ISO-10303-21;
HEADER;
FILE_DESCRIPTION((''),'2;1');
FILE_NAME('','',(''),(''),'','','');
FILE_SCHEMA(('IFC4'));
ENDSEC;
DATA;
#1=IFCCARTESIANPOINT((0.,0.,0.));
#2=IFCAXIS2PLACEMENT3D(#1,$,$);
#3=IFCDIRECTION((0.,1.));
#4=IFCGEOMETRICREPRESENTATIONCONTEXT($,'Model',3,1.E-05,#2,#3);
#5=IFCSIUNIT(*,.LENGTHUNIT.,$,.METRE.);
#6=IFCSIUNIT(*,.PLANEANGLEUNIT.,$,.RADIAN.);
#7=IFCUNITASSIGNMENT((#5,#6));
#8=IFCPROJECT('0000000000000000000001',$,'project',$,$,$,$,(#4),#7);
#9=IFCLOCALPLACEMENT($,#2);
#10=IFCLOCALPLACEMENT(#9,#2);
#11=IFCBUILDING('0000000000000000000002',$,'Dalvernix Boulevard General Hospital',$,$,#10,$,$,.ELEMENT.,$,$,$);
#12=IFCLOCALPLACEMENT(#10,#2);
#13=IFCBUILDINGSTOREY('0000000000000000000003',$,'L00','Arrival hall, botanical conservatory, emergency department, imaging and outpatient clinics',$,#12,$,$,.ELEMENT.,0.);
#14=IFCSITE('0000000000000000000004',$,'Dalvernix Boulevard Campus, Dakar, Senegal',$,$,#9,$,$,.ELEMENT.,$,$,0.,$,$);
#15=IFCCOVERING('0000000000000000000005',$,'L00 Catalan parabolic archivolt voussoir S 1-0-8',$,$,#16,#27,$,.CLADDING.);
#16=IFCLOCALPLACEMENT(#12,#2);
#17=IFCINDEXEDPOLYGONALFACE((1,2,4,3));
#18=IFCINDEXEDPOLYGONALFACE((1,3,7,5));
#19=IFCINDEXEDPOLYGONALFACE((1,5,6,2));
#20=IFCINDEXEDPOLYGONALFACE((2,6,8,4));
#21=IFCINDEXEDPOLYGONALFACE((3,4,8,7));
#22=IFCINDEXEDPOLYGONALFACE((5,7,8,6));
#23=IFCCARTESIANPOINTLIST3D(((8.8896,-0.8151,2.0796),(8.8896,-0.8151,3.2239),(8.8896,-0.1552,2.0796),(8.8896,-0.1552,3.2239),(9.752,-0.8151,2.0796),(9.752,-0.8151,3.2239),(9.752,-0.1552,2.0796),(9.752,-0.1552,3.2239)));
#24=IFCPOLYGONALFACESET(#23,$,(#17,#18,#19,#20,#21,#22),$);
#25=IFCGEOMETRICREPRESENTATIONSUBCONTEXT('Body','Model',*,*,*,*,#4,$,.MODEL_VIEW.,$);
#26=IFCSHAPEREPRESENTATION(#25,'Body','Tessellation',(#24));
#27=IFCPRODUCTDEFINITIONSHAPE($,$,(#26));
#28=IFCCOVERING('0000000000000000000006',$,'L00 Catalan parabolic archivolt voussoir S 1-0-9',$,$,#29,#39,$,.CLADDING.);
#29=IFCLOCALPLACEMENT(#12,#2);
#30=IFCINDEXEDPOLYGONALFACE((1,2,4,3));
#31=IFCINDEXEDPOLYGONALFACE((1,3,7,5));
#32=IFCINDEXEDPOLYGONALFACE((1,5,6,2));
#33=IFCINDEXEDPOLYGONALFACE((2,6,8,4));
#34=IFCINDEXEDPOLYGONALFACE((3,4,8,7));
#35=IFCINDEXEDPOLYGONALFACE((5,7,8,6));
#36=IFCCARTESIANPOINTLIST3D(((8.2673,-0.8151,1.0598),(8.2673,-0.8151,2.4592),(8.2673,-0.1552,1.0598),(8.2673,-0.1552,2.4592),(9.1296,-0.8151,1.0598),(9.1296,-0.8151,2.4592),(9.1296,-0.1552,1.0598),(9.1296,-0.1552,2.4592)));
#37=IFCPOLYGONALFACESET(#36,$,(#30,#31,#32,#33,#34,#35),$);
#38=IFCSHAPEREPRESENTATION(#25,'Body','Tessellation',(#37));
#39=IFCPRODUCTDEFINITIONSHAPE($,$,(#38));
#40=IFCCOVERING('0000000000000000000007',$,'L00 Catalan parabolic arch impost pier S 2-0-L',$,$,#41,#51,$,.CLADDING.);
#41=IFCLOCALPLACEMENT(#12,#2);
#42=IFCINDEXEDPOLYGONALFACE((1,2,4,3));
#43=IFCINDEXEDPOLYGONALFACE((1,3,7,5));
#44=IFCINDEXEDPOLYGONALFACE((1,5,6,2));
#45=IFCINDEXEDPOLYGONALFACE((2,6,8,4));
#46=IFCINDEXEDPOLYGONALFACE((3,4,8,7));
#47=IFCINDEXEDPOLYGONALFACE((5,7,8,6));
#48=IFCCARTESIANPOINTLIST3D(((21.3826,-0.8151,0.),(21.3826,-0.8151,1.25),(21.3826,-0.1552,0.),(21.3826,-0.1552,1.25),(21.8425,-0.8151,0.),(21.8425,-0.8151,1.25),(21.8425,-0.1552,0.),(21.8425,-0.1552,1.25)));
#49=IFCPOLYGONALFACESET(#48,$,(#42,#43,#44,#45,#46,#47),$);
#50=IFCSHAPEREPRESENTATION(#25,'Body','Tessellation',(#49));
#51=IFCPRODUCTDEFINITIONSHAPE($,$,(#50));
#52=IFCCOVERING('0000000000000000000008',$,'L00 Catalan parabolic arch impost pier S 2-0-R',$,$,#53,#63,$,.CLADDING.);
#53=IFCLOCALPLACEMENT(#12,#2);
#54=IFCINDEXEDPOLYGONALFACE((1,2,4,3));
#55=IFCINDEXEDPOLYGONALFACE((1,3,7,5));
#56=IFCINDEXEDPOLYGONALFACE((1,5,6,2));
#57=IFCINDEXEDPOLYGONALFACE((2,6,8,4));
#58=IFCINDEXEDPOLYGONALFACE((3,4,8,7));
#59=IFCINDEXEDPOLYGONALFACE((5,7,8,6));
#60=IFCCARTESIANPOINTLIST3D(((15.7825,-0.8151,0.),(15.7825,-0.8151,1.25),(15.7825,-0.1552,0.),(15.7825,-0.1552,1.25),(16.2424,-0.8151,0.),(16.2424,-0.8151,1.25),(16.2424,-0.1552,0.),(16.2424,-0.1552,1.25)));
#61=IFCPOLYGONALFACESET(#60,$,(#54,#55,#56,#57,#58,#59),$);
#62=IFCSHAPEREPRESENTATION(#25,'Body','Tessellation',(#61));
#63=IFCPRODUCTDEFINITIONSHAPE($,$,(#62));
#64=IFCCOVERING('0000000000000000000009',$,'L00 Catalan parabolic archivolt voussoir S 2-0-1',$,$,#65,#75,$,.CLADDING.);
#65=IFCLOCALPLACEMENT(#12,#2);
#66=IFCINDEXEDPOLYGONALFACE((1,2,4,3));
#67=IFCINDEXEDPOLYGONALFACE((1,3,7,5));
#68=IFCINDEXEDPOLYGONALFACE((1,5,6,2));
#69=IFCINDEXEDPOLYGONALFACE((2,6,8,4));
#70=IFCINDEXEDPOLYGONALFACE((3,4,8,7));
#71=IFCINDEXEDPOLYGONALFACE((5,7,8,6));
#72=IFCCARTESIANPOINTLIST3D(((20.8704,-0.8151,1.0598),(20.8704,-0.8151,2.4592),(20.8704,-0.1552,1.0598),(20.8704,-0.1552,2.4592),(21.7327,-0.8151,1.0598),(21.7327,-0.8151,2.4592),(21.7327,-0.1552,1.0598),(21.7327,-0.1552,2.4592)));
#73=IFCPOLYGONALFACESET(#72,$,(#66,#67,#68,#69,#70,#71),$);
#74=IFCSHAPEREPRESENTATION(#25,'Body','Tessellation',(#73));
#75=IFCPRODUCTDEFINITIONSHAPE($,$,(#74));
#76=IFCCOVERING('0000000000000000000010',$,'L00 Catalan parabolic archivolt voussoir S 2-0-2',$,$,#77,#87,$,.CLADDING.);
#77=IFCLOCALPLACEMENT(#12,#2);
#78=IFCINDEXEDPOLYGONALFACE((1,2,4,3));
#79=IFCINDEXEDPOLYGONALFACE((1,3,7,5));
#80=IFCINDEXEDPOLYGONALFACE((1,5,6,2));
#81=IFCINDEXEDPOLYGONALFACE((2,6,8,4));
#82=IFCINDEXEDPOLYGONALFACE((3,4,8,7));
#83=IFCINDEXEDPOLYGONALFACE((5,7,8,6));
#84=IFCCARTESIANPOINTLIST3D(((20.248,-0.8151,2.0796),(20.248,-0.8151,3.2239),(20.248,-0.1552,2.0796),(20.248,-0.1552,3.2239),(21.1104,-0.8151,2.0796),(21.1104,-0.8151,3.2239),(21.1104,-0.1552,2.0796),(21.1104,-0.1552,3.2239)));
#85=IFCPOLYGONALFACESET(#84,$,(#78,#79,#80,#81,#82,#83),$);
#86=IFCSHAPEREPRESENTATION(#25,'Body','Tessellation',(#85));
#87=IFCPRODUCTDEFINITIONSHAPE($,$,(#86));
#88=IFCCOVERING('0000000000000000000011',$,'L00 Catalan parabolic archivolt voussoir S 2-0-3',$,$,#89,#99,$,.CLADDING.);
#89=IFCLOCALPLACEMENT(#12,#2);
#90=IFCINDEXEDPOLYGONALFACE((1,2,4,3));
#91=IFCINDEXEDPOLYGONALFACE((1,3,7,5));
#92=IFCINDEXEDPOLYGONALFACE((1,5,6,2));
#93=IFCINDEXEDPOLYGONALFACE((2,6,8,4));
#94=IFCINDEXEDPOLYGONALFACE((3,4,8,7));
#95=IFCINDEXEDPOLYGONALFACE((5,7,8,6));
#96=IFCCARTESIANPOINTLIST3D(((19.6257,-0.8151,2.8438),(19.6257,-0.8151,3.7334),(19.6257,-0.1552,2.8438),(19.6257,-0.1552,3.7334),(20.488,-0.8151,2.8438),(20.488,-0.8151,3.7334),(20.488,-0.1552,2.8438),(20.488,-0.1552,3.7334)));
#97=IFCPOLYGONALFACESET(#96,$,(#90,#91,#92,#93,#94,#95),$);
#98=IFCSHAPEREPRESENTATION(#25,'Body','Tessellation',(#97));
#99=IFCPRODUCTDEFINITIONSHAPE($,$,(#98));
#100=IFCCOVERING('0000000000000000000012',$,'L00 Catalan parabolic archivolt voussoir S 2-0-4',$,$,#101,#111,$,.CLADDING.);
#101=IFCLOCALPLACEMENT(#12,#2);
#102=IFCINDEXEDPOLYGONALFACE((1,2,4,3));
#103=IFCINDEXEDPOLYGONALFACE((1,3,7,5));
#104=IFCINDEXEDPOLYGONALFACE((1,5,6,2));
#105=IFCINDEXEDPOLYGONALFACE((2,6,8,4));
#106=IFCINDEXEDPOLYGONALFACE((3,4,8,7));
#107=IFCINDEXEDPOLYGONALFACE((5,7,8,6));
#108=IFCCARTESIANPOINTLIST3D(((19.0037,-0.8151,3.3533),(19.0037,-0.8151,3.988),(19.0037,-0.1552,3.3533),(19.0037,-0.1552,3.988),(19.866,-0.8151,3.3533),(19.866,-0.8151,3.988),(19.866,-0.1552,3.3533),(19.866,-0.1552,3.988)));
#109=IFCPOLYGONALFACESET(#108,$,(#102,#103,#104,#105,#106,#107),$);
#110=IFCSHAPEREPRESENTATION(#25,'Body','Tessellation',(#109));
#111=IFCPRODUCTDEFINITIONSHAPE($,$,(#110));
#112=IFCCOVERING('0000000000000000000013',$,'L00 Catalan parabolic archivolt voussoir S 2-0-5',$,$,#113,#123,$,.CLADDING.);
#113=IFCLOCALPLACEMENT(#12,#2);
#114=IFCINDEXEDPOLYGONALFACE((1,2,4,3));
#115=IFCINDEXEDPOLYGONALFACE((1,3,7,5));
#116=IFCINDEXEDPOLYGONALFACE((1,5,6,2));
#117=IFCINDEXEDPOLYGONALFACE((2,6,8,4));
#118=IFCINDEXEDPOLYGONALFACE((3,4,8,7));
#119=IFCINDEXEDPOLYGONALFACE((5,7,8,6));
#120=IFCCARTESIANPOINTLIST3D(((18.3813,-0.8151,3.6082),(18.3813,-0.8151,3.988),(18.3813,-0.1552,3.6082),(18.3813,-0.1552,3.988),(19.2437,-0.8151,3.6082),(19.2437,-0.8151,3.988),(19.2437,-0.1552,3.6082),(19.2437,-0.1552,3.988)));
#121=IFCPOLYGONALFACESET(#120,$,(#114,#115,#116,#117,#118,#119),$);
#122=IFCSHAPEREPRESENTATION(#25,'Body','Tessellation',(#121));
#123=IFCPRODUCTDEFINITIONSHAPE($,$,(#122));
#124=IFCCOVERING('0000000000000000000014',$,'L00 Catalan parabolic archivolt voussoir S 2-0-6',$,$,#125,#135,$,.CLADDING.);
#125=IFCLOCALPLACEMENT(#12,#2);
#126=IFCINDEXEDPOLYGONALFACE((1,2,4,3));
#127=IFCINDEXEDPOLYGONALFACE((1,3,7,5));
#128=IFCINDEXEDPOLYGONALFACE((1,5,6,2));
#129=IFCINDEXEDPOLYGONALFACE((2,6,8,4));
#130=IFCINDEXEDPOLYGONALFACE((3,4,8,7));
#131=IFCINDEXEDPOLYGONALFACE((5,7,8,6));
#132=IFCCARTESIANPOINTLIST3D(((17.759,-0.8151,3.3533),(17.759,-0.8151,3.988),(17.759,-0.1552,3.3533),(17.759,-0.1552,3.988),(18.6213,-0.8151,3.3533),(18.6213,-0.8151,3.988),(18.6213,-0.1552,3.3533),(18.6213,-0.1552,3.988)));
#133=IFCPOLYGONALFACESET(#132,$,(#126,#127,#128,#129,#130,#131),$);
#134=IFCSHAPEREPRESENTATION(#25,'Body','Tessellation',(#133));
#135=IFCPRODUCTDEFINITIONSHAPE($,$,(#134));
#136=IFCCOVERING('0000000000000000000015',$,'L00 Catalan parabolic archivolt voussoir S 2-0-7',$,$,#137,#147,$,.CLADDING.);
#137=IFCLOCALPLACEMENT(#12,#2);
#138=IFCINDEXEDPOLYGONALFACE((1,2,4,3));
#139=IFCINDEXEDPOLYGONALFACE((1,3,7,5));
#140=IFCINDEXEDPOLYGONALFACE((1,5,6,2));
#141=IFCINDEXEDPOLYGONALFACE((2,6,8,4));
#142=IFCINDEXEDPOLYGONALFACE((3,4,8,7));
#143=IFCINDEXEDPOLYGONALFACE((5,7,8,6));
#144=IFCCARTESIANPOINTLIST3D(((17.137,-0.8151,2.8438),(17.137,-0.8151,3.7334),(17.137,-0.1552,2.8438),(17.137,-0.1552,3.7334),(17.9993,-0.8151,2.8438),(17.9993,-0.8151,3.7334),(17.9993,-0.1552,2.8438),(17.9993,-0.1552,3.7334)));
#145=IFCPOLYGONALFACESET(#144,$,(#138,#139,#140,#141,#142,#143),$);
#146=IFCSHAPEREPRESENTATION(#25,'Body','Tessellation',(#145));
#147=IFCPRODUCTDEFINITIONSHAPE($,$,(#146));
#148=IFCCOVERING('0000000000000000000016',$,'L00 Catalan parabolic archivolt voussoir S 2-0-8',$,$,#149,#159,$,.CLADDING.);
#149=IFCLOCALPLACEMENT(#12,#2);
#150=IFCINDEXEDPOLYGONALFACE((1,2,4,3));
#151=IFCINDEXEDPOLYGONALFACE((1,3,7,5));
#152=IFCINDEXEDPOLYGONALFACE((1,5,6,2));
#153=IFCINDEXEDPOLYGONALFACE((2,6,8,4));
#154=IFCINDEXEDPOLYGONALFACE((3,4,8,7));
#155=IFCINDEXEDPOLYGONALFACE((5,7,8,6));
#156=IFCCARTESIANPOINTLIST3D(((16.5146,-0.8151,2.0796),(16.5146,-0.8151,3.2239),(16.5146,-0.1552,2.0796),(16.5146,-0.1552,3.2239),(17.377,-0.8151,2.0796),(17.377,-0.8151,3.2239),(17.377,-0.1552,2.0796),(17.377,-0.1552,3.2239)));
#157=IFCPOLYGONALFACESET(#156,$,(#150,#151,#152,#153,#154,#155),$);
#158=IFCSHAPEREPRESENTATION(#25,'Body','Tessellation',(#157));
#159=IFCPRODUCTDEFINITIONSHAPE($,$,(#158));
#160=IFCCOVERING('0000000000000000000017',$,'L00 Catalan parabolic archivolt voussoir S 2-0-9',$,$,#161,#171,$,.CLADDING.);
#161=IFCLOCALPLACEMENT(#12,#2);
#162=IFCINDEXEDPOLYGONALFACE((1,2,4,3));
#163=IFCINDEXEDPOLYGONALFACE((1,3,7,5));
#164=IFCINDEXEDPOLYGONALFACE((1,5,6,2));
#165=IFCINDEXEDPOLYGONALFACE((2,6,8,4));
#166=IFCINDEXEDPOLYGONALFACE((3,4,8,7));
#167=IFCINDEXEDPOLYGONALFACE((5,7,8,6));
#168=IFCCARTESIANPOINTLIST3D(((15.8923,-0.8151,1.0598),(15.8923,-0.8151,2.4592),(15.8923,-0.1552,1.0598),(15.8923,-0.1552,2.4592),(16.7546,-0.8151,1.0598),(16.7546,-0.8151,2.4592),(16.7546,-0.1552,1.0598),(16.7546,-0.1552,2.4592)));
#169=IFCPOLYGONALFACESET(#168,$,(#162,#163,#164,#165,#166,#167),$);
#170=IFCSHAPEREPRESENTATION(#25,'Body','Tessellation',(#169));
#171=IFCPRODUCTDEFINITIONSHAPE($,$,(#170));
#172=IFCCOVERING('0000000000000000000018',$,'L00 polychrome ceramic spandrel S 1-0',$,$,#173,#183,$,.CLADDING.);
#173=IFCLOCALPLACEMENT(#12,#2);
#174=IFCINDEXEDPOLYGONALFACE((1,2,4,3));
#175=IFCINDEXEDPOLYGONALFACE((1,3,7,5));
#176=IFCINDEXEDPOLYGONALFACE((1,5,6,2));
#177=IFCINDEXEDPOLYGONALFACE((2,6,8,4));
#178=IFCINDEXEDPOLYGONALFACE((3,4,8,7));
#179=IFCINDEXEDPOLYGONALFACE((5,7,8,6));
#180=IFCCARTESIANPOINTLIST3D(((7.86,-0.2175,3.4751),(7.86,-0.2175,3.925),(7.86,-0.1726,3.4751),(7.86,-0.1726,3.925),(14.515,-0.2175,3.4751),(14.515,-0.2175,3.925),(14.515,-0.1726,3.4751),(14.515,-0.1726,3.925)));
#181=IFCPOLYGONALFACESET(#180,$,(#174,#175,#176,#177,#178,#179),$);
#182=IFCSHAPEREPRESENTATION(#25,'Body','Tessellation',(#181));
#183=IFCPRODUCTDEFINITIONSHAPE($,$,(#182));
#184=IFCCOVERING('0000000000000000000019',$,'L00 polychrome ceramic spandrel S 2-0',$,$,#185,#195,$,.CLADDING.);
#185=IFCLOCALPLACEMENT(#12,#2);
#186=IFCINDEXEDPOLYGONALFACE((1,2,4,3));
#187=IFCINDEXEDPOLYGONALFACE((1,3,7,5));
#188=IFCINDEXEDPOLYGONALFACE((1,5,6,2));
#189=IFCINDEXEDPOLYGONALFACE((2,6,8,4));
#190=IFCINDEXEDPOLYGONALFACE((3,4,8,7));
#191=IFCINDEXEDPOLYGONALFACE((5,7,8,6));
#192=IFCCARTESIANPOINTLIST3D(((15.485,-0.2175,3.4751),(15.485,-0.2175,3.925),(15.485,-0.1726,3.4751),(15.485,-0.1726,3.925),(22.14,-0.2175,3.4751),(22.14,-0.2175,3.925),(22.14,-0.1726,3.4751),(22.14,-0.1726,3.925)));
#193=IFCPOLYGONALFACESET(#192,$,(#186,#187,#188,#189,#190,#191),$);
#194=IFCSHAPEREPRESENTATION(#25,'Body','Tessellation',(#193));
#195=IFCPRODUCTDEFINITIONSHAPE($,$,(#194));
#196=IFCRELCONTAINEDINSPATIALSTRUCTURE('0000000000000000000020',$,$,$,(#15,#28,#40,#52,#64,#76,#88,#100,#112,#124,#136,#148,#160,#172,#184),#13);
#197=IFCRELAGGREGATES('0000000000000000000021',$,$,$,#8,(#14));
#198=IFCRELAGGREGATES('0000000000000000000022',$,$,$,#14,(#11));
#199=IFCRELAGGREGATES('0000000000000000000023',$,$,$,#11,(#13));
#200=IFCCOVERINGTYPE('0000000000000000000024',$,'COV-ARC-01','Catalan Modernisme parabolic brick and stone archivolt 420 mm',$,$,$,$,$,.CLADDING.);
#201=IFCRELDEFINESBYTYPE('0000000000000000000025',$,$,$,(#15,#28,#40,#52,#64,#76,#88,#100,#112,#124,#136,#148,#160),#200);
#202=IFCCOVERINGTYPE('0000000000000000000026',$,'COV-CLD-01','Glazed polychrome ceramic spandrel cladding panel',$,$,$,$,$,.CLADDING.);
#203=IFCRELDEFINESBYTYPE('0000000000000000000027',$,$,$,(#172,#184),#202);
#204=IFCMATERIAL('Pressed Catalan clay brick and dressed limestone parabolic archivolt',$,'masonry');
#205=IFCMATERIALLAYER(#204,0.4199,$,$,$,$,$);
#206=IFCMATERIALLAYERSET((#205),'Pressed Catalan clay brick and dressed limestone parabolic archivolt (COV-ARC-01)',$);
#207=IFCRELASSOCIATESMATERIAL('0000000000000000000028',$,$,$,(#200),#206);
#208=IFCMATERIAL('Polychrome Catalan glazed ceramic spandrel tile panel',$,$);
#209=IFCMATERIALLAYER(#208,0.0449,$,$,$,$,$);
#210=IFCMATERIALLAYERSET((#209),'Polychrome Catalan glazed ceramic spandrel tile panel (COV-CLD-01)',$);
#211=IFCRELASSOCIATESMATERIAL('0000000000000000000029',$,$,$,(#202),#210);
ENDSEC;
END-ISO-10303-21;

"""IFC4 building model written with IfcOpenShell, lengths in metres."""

from ifc_helpers import new_model, si_unit, direction, frame, origin, origin_2d, place, context, subcontext, project, spatial, rectangle, extrude, material, layer, layer_set, type_object, element, save


model = new_model("IFC4")

# Units and contexts
model_context = context("Model", 3, precision=1e-05, world=origin(), true_north=direction((0.0, 1.0)))
body_context = subcontext(model_context, "Body", "Model", "MODEL_VIEW")
ifc_project = project(units=[si_unit("LENGTHUNIT", "METRE"), si_unit("PLANEANGLEUNIT", "RADIAN")], contexts=[model_context])

# Site, building, storey
site_placement = place(None, origin())
site = spatial("IfcSite", under=ifc_project, at=site_placement, Name="Dalvernix Boulevard Campus, Dakar, Senegal", CompositionType="ELEMENT", RefElevation=0.0)
building_placement = place(site_placement, origin())
building = spatial("IfcBuilding", under=site, at=building_placement, Name="Dalvernix Boulevard General Hospital", CompositionType="ELEMENT")
storey_placement = place(building_placement, origin())
storey = spatial("IfcBuildingStorey", under=building, at=storey_placement, Name="L00", Description="Arrival hall, botanical conservatory, emergency department, imaging and outpatient clinics", CompositionType="ELEMENT", Elevation=0.0)

# Coverings
ifc_material_1 = material(Name="Pressed Catalan clay brick and dressed limestone parabolic archivolt", Category="masonry")
ifc_layer_1 = layer(ifc_material_1, 0.4199)
ifc_layer_set_1 = layer_set([ifc_layer_1], Name="Pressed Catalan clay brick and dressed limestone parabolic archivolt (COV-ARC-01)")
covering_type_1 = type_object("IfcCoveringType", Name="COV-ARC-01", Description="Catalan Modernisme parabolic brick and stone archivolt 420 mm", PredefinedType="CLADDING", material=ifc_layer_set_1)
covering_1_placement = place(storey_placement, frame((9.3208, -0.4851, 2.0796), z_axis=(0.0, 0.0, 1.0), x_axis=(-1.0, 0.0, 0.0)))
element("IfcCovering", 1, at=covering_1_placement, inside=storey, type_object=covering_type_1, Name="L00 Catalan parabolic archivolt voussoir S 1-0-8", PredefinedType="CLADDING", context=body_context, shape_type="SweptSolid", body=[
    extrude(rectangle(XDim=0.8623, YDim=0.6599, at=origin_2d()), origin(), (0.0, 0.0, 1.0), 1.1443),
])
covering_2_placement = place(storey_placement, frame((8.6985, -0.4851, 1.0598), z_axis=(0.0, 0.0, 1.0), x_axis=(-1.0, 0.0, 0.0)))
element("IfcCovering", 2, at=covering_2_placement, inside=storey, type_object=covering_type_1, Name="L00 Catalan parabolic archivolt voussoir S 1-0-9", PredefinedType="CLADDING", context=body_context, shape_type="SweptSolid", body=[
    extrude(rectangle(XDim=0.8623, YDim=0.6599, at=origin_2d()), origin(), (0.0, 0.0, 1.0), 1.3994),
])
for number, where, z_axis, x_axis, name in (
    (3, (21.6125, -0.4851, 0.0), (0.0, 0.0, 1.0), (-1.0, 0.0, 0.0), "L00 Catalan parabolic arch impost pier S 2-0-L"),
    (4, (16.0125, -0.4851, 0.0), (0.0, 0.0, 1.0), (-1.0, 0.0, 0.0), "L00 Catalan parabolic arch impost pier S 2-0-R"),
):
    element("IfcCovering", number, at=place(storey_placement, frame(where, z_axis=z_axis, x_axis=x_axis)), inside=storey, type_object=covering_type_1, Name=name, PredefinedType="CLADDING", context=body_context, shape_type="SweptSolid", body=[
        extrude(rectangle(XDim=0.46, YDim=0.6599, at=origin_2d()), origin(), (0.0, 0.0, 1.0), 1.25),
    ])
covering_3_placement = place(storey_placement, frame((21.3015, -0.4851, 1.0598), z_axis=(0.0, 0.0, 1.0), x_axis=(-1.0, 0.0, 0.0)))
element("IfcCovering", 5, at=covering_3_placement, inside=storey, type_object=covering_type_1, Name="L00 Catalan parabolic archivolt voussoir S 2-0-1", PredefinedType="CLADDING", context=body_context, shape_type="SweptSolid", body=[
    extrude(rectangle(XDim=0.8623, YDim=0.6599, at=origin_2d()), origin(), (0.0, 0.0, 1.0), 1.3994),
])
covering_4_placement = place(storey_placement, frame((20.6792, -0.4851, 2.0796), z_axis=(0.0, 0.0, 1.0), x_axis=(-1.0, 0.0, 0.0)))
element("IfcCovering", 6, at=covering_4_placement, inside=storey, type_object=covering_type_1, Name="L00 Catalan parabolic archivolt voussoir S 2-0-2", PredefinedType="CLADDING", context=body_context, shape_type="SweptSolid", body=[
    extrude(rectangle(XDim=0.8623, YDim=0.6599, at=origin_2d()), origin(), (0.0, 0.0, 1.0), 1.1443),
])
covering_5_placement = place(storey_placement, frame((20.0569, -0.4851, 2.8438), z_axis=(0.0, 0.0, 1.0), x_axis=(-1.0, 0.0, 0.0)))
element("IfcCovering", 7, at=covering_5_placement, inside=storey, type_object=covering_type_1, Name="L00 Catalan parabolic archivolt voussoir S 2-0-3", PredefinedType="CLADDING", context=body_context, shape_type="SweptSolid", body=[
    extrude(rectangle(XDim=0.8623, YDim=0.6599, at=origin_2d()), origin(), (0.0, 0.0, 1.0), 0.8896),
])
covering_6_placement = place(storey_placement, frame((19.4348, -0.4851, 3.3533), z_axis=(0.0, 0.0, 1.0), x_axis=(-1.0, 0.0, 0.0)))
element("IfcCovering", 8, at=covering_6_placement, inside=storey, type_object=covering_type_1, Name="L00 Catalan parabolic archivolt voussoir S 2-0-4", PredefinedType="CLADDING", context=body_context, shape_type="SweptSolid", body=[
    extrude(rectangle(XDim=0.8623, YDim=0.6599, at=origin_2d()), origin(), (0.0, 0.0, 1.0), 0.6348),
])
covering_7_placement = place(storey_placement, frame((18.8125, -0.4851, 3.6082), z_axis=(0.0, 0.0, 1.0), x_axis=(-1.0, 0.0, 0.0)))
element("IfcCovering", 9, at=covering_7_placement, inside=storey, type_object=covering_type_1, Name="L00 Catalan parabolic archivolt voussoir S 2-0-5", PredefinedType="CLADDING", context=body_context, shape_type="SweptSolid", body=[
    extrude(rectangle(XDim=0.8623, YDim=0.6599, at=origin_2d()), origin(), (0.0, 0.0, 1.0), 0.3799),
])
covering_8_placement = place(storey_placement, frame((18.1902, -0.4851, 3.3533), z_axis=(0.0, 0.0, 1.0), x_axis=(-1.0, 0.0, 0.0)))
element("IfcCovering", 10, at=covering_8_placement, inside=storey, type_object=covering_type_1, Name="L00 Catalan parabolic archivolt voussoir S 2-0-6", PredefinedType="CLADDING", context=body_context, shape_type="SweptSolid", body=[
    extrude(rectangle(XDim=0.8623, YDim=0.6599, at=origin_2d()), origin(), (0.0, 0.0, 1.0), 0.6348),
])
covering_9_placement = place(storey_placement, frame((17.5681, -0.4851, 2.8438), z_axis=(0.0, 0.0, 1.0), x_axis=(-1.0, 0.0, 0.0)))
element("IfcCovering", 11, at=covering_9_placement, inside=storey, type_object=covering_type_1, Name="L00 Catalan parabolic archivolt voussoir S 2-0-7", PredefinedType="CLADDING", context=body_context, shape_type="SweptSolid", body=[
    extrude(rectangle(XDim=0.8623, YDim=0.6599, at=origin_2d()), origin(), (0.0, 0.0, 1.0), 0.8896),
])
covering_10_placement = place(storey_placement, frame((16.9458, -0.4851, 2.0796), z_axis=(0.0, 0.0, 1.0), x_axis=(-1.0, 0.0, 0.0)))
element("IfcCovering", 12, at=covering_10_placement, inside=storey, type_object=covering_type_1, Name="L00 Catalan parabolic archivolt voussoir S 2-0-8", PredefinedType="CLADDING", context=body_context, shape_type="SweptSolid", body=[
    extrude(rectangle(XDim=0.8623, YDim=0.6599, at=origin_2d()), origin(), (0.0, 0.0, 1.0), 1.1443),
])
covering_11_placement = place(storey_placement, frame((16.3235, -0.4851, 1.0598), z_axis=(0.0, 0.0, 1.0), x_axis=(-1.0, 0.0, 0.0)))
element("IfcCovering", 13, at=covering_11_placement, inside=storey, type_object=covering_type_1, Name="L00 Catalan parabolic archivolt voussoir S 2-0-9", PredefinedType="CLADDING", context=body_context, shape_type="SweptSolid", body=[
    extrude(rectangle(XDim=0.8623, YDim=0.6599, at=origin_2d()), origin(), (0.0, 0.0, 1.0), 1.3994),
])
ifc_material_2 = material(Name="Polychrome Catalan glazed ceramic spandrel tile panel")
ifc_layer_2 = layer(ifc_material_2, 0.0449)
ifc_layer_set_2 = layer_set([ifc_layer_2], Name="Polychrome Catalan glazed ceramic spandrel tile panel (COV-CLD-01)")
covering_type_2 = type_object("IfcCoveringType", Name="COV-CLD-01", Description="Glazed polychrome ceramic spandrel cladding panel", PredefinedType="CLADDING", material=ifc_layer_set_2)
for number, where, z_axis, x_axis, name in (
    (14, (11.1875, -0.1951, 3.4751), (0.0, 0.0, 1.0), (-1.0, 0.0, 0.0), "L00 polychrome ceramic spandrel S 1-0"),
    (15, (18.8125, -0.1951, 3.4751), (0.0, 0.0, 1.0), (-1.0, 0.0, 0.0), "L00 polychrome ceramic spandrel S 2-0"),
):
    element("IfcCovering", number, at=place(storey_placement, frame(where, z_axis=z_axis, x_axis=x_axis)), inside=storey, type_object=covering_type_2, Name=name, PredefinedType="CLADDING", context=body_context, shape_type="SweptSolid", body=[
        extrude(rectangle(XDim=6.655, YDim=0.0449, at=origin_2d()), origin(), (0.0, 0.0, 1.0), 0.45),
    ])

save(model, "model.ifc")
